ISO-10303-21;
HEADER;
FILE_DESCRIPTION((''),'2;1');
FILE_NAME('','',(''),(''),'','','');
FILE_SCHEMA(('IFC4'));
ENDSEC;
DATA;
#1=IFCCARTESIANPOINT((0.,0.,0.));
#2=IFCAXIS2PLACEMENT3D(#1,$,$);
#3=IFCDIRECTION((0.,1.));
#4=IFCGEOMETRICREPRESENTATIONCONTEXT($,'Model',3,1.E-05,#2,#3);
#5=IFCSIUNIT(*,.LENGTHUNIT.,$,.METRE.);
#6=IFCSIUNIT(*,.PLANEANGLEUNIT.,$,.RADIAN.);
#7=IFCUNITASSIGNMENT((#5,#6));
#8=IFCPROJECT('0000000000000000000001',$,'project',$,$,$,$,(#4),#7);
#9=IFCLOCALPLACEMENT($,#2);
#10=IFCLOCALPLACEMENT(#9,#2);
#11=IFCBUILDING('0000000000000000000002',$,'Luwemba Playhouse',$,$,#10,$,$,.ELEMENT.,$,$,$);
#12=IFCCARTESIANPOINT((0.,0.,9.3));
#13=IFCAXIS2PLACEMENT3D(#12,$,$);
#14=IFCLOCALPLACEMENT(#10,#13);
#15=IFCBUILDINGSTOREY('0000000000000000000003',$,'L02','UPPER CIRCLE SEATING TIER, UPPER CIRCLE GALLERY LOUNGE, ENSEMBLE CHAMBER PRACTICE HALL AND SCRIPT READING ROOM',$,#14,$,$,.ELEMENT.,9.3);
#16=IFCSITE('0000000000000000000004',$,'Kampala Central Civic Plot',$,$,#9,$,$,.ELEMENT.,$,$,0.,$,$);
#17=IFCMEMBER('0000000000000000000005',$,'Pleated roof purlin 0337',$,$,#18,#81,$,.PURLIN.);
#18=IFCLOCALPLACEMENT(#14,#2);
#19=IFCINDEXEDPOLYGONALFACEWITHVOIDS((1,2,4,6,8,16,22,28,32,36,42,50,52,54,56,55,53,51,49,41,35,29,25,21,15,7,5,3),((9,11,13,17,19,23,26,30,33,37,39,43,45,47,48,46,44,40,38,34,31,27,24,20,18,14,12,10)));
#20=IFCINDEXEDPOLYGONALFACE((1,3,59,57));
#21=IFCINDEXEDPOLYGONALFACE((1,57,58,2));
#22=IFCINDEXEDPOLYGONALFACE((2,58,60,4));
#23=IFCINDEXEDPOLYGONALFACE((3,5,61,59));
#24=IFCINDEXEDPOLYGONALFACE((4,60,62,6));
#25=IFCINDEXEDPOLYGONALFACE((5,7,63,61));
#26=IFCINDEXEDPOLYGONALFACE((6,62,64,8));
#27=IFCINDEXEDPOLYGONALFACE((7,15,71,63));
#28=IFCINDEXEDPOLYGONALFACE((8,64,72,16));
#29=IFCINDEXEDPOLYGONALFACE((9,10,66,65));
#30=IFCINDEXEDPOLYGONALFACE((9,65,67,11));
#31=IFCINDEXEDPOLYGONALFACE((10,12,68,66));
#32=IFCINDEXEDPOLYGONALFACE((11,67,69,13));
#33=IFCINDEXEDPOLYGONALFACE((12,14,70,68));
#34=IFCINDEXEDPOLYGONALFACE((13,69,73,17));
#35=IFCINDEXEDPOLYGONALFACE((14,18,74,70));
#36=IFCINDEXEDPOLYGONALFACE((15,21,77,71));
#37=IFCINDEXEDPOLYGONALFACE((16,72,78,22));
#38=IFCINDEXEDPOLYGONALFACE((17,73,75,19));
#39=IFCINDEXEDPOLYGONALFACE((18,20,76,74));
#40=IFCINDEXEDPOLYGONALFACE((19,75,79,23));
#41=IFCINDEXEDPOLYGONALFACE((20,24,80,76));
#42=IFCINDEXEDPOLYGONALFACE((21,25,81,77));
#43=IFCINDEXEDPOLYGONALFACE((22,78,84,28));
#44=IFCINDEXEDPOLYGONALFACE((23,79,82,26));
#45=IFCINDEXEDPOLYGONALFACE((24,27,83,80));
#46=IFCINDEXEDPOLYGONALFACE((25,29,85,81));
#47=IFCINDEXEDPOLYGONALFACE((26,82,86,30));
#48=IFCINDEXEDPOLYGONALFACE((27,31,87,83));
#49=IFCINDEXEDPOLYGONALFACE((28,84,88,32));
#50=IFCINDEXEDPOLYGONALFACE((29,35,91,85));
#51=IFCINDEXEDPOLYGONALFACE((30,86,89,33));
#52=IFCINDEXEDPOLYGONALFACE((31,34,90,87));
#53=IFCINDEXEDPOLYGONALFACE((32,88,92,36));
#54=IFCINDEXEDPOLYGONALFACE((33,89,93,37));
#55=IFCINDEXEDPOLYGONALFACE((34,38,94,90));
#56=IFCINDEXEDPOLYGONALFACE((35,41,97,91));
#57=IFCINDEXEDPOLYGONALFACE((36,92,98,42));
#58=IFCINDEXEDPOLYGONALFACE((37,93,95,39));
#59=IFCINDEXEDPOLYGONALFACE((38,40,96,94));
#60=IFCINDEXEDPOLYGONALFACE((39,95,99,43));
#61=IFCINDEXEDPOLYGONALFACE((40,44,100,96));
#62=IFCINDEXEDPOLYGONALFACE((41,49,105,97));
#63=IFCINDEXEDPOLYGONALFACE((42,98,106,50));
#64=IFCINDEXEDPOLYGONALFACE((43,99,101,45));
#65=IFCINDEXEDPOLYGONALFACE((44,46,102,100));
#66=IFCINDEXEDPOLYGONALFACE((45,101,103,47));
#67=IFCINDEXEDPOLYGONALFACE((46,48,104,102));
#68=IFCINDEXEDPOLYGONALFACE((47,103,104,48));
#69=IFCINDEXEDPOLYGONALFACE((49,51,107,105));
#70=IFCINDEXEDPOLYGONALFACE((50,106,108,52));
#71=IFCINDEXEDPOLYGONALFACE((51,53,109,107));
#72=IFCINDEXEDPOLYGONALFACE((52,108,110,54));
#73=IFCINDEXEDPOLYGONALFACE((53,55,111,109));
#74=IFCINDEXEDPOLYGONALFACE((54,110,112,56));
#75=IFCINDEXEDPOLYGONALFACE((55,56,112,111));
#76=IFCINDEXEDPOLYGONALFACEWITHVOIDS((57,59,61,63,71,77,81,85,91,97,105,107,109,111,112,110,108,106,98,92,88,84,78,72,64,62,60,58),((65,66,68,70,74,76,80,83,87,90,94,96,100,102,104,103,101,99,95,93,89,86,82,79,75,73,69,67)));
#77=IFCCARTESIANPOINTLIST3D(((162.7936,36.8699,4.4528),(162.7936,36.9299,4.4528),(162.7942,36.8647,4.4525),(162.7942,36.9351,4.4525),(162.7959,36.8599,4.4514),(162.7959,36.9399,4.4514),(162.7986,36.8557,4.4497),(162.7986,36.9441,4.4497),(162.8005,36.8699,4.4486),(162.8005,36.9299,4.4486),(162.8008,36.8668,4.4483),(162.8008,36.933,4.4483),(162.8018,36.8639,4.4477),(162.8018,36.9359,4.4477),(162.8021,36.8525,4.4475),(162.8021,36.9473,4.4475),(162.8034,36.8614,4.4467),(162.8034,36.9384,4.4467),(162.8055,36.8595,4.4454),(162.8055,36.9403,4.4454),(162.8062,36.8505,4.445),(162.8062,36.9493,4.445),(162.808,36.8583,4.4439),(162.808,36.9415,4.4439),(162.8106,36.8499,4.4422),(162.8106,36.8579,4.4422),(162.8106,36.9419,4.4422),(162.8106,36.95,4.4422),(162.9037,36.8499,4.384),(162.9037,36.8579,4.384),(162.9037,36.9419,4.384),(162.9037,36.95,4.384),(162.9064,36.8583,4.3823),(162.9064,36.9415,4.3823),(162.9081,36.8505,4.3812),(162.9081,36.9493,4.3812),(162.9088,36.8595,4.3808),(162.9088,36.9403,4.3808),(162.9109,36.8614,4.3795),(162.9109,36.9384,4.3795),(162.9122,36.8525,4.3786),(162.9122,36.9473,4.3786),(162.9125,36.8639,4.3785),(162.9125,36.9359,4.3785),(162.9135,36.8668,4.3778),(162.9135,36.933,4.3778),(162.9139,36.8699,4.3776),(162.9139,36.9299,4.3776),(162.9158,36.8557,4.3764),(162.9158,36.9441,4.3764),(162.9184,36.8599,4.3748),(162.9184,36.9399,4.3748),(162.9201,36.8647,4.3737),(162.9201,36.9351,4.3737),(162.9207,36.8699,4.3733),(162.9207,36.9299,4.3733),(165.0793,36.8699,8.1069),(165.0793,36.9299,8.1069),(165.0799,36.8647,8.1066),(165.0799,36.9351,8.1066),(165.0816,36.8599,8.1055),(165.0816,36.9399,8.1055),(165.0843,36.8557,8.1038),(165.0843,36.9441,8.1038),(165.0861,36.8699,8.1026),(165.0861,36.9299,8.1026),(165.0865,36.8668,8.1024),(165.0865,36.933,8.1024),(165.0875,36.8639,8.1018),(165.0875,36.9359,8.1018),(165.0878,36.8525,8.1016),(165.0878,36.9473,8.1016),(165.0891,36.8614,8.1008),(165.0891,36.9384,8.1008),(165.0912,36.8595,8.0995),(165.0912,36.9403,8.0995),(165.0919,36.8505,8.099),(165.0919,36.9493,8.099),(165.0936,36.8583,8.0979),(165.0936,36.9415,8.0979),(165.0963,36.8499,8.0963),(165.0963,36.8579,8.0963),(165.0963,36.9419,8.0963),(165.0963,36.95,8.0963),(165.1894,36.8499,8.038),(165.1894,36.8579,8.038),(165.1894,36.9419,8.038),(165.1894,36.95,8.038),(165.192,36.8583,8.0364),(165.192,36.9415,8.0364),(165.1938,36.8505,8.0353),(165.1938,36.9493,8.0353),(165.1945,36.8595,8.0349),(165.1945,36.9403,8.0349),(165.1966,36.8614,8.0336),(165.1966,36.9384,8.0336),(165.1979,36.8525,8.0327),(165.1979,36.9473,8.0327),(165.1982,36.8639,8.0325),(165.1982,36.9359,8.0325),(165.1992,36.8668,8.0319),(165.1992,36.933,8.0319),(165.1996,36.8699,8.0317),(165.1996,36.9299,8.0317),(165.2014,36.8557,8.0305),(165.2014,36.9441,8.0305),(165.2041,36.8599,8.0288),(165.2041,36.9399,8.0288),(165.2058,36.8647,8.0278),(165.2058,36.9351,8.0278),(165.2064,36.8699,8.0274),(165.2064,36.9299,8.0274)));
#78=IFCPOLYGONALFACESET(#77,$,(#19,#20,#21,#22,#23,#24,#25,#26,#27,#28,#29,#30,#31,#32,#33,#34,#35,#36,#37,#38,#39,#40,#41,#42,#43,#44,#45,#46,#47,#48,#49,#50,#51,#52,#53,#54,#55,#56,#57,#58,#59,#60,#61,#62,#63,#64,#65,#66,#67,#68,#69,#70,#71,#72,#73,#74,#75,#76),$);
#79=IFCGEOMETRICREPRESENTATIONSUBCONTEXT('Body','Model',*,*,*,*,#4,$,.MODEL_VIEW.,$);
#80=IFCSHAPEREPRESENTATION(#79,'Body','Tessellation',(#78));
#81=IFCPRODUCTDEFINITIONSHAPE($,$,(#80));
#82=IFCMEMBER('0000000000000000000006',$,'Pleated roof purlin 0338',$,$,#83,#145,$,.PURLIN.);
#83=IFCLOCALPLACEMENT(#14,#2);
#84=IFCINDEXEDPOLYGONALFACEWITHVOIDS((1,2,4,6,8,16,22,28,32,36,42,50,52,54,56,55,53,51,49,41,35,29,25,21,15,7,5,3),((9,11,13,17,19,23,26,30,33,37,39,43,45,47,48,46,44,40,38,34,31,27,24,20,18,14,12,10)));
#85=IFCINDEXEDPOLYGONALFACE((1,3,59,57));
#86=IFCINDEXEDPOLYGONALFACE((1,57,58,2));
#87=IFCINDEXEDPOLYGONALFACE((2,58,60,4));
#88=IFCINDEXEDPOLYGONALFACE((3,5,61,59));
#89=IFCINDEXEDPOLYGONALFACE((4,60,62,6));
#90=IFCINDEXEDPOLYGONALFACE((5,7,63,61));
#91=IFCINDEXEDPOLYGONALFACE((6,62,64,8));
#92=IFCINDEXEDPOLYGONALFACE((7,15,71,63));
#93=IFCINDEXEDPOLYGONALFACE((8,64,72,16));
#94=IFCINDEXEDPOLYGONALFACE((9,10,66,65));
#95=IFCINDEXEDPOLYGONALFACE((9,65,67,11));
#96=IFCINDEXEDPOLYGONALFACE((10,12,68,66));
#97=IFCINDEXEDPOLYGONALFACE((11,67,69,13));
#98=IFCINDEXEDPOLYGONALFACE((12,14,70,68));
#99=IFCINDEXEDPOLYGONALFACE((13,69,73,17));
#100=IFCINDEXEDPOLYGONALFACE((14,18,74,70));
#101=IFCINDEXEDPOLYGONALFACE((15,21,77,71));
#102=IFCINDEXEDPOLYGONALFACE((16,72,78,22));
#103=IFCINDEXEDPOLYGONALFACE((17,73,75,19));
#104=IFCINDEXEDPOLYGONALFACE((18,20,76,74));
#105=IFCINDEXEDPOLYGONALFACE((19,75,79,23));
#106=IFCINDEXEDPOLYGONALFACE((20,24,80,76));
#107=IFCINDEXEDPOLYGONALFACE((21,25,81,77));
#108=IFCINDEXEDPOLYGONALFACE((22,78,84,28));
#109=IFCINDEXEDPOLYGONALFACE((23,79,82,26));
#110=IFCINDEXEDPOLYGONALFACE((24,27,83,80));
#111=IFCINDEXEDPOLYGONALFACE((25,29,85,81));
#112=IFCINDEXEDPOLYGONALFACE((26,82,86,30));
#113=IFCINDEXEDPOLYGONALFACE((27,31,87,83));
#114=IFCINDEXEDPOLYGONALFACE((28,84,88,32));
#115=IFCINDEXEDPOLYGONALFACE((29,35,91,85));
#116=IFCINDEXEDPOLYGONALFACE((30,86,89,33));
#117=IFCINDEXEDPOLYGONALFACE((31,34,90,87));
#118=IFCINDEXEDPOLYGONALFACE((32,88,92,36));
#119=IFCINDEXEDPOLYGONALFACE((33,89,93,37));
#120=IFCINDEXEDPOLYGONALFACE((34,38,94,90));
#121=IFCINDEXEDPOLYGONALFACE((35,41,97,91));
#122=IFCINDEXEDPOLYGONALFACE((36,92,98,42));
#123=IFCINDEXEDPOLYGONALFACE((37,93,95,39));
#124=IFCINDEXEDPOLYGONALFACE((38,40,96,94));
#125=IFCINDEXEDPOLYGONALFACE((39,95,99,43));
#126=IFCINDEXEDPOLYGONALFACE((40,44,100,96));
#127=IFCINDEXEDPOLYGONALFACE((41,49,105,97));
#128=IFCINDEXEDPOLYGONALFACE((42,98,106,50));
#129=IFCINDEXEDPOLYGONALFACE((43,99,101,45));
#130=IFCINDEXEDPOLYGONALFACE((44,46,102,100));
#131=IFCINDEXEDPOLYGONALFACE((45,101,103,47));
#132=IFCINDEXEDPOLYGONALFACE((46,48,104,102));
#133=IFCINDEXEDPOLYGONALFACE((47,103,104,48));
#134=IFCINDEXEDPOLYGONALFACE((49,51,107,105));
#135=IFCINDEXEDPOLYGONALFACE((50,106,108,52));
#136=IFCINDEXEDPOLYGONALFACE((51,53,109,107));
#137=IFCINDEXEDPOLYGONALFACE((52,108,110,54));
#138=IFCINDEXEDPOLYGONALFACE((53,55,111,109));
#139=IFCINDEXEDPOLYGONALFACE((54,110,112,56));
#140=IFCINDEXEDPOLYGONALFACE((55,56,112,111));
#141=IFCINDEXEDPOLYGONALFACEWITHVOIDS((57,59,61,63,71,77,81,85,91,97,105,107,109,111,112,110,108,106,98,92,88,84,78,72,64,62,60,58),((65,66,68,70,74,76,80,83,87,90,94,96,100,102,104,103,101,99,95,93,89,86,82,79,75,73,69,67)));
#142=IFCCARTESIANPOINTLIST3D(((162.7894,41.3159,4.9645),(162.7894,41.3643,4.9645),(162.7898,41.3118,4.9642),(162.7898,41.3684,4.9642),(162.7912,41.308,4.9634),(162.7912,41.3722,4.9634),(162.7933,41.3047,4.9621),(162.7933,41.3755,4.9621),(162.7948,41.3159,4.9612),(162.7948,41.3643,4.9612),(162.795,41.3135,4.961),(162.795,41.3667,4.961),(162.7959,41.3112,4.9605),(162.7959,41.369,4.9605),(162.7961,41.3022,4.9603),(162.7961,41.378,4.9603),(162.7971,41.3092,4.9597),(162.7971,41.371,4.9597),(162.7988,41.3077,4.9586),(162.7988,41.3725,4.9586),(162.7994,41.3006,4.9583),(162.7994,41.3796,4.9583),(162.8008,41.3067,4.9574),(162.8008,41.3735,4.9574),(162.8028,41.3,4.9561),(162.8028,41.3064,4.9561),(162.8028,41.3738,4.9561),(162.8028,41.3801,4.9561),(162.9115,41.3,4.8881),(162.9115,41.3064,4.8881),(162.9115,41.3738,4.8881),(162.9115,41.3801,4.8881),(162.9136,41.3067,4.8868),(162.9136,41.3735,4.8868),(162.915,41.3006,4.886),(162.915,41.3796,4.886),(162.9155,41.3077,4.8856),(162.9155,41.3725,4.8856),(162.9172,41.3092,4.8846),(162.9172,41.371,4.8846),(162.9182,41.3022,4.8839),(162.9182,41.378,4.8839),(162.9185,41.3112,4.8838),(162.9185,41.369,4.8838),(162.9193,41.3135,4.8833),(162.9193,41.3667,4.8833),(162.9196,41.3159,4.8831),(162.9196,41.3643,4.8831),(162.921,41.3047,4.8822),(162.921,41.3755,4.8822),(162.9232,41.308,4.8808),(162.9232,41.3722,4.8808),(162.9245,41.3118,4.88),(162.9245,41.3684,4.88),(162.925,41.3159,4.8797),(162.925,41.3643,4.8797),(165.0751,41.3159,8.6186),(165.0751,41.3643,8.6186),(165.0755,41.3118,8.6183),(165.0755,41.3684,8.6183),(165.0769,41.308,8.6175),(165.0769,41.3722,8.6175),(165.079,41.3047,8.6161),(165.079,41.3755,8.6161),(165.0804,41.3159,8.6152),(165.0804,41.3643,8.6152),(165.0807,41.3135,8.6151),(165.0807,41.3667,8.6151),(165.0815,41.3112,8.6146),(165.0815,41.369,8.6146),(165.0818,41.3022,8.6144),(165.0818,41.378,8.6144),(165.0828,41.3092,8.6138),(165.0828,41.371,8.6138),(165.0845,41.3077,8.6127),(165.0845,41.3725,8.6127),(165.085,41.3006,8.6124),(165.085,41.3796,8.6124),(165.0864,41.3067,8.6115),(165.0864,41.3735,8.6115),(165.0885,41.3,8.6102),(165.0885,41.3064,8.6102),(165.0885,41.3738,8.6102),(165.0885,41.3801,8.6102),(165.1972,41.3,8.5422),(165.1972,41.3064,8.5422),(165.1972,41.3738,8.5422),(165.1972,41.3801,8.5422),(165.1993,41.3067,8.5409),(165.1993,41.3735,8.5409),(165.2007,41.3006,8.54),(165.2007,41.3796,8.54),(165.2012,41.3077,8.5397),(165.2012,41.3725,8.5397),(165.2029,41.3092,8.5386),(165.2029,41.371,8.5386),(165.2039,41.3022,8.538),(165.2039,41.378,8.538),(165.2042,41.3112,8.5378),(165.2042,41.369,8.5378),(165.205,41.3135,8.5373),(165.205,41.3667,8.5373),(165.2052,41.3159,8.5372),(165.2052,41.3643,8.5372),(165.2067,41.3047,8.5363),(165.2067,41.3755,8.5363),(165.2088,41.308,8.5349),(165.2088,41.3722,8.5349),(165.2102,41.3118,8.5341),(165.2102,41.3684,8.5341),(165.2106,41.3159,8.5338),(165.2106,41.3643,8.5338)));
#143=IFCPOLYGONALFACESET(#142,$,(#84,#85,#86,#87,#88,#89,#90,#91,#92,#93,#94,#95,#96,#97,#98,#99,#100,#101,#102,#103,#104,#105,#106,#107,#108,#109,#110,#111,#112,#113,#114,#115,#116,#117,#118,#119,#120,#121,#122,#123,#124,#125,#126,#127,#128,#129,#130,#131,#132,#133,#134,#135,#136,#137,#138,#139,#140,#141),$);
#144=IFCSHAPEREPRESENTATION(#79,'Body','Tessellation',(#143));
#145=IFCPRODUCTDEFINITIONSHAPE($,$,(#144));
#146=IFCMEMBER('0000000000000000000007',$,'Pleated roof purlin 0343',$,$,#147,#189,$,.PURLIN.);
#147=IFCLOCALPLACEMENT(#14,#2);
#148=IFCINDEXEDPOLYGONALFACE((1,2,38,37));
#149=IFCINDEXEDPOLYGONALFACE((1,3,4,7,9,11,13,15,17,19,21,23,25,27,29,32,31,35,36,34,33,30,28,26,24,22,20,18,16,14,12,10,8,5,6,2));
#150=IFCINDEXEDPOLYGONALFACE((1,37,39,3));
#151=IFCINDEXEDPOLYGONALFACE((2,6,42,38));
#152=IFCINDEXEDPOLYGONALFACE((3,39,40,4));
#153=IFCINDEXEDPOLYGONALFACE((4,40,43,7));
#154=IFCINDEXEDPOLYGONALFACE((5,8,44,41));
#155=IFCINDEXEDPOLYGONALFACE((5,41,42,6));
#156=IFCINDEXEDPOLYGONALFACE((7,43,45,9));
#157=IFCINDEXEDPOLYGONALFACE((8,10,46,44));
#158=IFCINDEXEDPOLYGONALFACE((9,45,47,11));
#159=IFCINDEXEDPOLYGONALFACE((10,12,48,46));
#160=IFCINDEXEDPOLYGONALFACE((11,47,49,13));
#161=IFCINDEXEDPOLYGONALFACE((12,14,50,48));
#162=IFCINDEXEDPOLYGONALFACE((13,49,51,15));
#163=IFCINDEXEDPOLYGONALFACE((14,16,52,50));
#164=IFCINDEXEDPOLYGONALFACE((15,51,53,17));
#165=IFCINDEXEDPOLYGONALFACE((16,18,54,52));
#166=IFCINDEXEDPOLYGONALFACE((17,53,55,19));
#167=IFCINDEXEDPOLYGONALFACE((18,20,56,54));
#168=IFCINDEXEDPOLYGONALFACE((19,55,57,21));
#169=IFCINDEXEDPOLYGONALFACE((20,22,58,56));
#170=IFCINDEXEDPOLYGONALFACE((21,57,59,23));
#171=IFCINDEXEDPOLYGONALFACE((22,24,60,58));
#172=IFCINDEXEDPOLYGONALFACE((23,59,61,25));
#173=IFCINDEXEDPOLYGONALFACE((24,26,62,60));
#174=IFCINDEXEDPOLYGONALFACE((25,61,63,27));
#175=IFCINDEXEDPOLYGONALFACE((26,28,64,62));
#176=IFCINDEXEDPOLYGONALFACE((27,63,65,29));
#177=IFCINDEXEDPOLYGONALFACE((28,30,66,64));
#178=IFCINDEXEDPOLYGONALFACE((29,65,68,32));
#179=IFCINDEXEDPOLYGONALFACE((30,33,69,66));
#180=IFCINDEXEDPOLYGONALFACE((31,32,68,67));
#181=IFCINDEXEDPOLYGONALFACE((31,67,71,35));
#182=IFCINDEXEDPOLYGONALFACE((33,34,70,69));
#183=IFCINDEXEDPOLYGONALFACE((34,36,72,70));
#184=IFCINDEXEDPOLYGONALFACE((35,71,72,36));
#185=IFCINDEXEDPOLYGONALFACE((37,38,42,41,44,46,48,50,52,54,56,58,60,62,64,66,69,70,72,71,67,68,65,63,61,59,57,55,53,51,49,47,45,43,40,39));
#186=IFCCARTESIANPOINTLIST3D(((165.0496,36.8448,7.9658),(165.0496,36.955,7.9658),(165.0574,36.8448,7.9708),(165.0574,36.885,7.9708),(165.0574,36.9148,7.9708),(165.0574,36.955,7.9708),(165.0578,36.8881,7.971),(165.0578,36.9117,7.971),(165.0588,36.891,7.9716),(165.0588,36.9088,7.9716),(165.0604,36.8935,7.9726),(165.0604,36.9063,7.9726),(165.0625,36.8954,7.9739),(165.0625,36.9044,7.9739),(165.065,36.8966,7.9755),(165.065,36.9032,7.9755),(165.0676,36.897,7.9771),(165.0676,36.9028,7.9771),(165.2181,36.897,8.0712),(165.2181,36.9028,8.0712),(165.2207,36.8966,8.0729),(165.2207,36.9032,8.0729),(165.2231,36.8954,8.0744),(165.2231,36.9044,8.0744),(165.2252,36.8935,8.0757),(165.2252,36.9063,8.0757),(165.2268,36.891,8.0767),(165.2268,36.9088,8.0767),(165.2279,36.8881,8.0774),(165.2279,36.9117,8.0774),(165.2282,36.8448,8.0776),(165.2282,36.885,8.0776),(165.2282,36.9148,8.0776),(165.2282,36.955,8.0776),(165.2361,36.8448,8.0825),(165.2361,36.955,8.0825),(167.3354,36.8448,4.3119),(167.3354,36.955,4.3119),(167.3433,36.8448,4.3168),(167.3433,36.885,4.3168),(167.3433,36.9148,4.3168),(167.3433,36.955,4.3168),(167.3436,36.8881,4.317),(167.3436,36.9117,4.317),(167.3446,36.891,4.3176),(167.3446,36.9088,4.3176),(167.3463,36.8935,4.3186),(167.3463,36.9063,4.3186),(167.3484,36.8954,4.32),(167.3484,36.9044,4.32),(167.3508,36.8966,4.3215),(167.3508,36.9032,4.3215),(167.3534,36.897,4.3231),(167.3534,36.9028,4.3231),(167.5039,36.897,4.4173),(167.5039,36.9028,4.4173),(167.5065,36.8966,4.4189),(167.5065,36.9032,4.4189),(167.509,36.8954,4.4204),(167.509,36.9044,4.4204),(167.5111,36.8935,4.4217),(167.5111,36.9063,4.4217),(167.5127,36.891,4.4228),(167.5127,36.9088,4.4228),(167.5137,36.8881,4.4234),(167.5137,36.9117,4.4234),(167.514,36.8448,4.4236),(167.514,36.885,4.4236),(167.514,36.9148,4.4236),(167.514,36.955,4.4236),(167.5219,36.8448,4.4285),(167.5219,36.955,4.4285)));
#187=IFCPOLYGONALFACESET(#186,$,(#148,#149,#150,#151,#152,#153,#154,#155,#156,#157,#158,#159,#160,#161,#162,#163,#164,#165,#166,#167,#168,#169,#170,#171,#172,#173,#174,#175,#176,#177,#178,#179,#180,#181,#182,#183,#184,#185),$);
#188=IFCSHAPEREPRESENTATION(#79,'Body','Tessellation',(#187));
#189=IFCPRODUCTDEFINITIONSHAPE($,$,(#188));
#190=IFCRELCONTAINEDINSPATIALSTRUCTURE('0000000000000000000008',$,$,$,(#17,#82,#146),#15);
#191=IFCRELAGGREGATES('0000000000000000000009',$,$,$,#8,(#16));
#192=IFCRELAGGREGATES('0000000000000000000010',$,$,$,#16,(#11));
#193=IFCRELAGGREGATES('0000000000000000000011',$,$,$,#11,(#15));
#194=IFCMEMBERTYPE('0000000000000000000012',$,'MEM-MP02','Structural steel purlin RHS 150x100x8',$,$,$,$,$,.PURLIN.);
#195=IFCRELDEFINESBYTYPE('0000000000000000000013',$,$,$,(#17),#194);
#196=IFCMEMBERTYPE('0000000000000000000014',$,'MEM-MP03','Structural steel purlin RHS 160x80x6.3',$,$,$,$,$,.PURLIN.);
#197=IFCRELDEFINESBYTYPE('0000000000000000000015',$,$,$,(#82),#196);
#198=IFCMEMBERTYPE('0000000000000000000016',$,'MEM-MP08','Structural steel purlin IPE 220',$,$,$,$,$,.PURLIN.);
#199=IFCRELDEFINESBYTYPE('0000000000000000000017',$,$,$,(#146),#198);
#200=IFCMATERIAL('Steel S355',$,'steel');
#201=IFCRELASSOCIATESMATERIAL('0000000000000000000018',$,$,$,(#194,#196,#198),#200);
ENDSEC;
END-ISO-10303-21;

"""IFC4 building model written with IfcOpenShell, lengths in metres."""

from ifc_helpers import new_model, si_unit, direction, frame, origin, origin_2d, place, context, subcontext, project, spatial, hollow_rectangle, i_section, extrude, material, material_profile, profile_set, type_object, element, save


model = new_model("IFC4")

# Units and contexts
model_context = context("Model", 3, precision=1e-05, world=origin(), true_north=direction((0.0, 1.0)))
body_context = subcontext(model_context, "Body", "Model", "MODEL_VIEW")
ifc_project = project(units=[si_unit("LENGTHUNIT", "METRE"), si_unit("PLANEANGLEUNIT", "RADIAN")], contexts=[model_context])

# Site, building, storey
site_placement = place(None, origin())
site = spatial("IfcSite", under=ifc_project, at=site_placement, Name="Kampala Central Civic Plot", CompositionType="ELEMENT", RefElevation=0.0)
building_placement = place(site_placement, origin())
building = spatial("IfcBuilding", under=site, at=building_placement, Name="Luwemba Playhouse", CompositionType="ELEMENT")
storey_placement = place(building_placement, frame((0.0, 0.0, 9.3)))
storey = spatial("IfcBuildingStorey", under=building, at=storey_placement, Name="L02", Description="UPPER CIRCLE SEATING TIER, UPPER CIRCLE GALLERY LOUNGE, ENSEMBLE CHAMBER PRACTICE HALL AND SCRIPT READING ROOM", CompositionType="ELEMENT", Elevation=9.3)

# Shared definitions
ifc_material_1 = material(Name="Steel S355", Category="steel")

# Members
ifc_material_profile_1 = material_profile(ifc_material_1, hollow_rectangle(XDim=0.1001, YDim=0.1499, WallThickness=0.0081, InnerFilletRadius=0.012, OuterFilletRadius=0.02, at=origin_2d()))
ifc_profile_set_1 = profile_set([ifc_material_profile_1], Name="Steel S355")
member_type_1 = type_object("IfcMemberType", Name="MEM-MP02", Description="Structural steel purlin RHS 150x100x8", PredefinedType="PURLIN", material=ifc_profile_set_1)
member_1_placement = place(storey_placement, frame((162.8572, 36.8999, 4.4131), z_axis=(0.530309, 0.0, 0.847804), x_axis=(0.0, 1.0, 0.0)))
element("IfcMember", 1, at=member_1_placement, inside=storey, type_object=member_type_1, Name="Pleated roof purlin 0337", PredefinedType="PURLIN", context=body_context, shape_type="SweptSolid", body=[
    extrude(hollow_rectangle(XDim=0.1001, YDim=0.1499, WallThickness=0.0081, InnerFilletRadius=0.012, OuterFilletRadius=0.02, at=origin_2d()), origin(), (0.0, 0.0, 1.0), 4.3101),
])
ifc_material_profile_2 = material_profile(ifc_material_1, hollow_rectangle(XDim=0.0801, YDim=0.1599, WallThickness=0.0063, InnerFilletRadius=0.0095, OuterFilletRadius=0.0159, at=origin_2d()))
ifc_profile_set_2 = profile_set([ifc_material_profile_2], Name="Steel S355")
member_type_2 = type_object("IfcMemberType", Name="MEM-MP03", Description="Structural steel purlin RHS 160x80x6.3", PredefinedType="PURLIN", material=ifc_profile_set_2)
member_2_placement = place(storey_placement, frame((162.8572, 41.3401, 4.9221), z_axis=(0.530309, 0.0, 0.847804), x_axis=(0.0, 1.0, 0.0)))
element("IfcMember", 2, at=member_2_placement, inside=storey, type_object=member_type_2, Name="Pleated roof purlin 0338", PredefinedType="PURLIN", context=body_context, shape_type="SweptSolid", body=[
    extrude(hollow_rectangle(XDim=0.0801, YDim=0.1599, WallThickness=0.0063, InnerFilletRadius=0.0095, OuterFilletRadius=0.0159, at=origin_2d()), origin(), (0.0, 0.0, 1.0), 4.3101),
])
ifc_material_profile_3 = material_profile(ifc_material_1, i_section(OverallWidth=0.1101, OverallDepth=0.22, WebThickness=0.0059, FlangeThickness=0.0093, FilletRadius=0.012, at=origin_2d()))
ifc_profile_set_3 = profile_set([ifc_material_profile_3], Name="Steel S355")
member_type_3 = type_object("IfcMemberType", Name="MEM-MP08", Description="Structural steel purlin IPE 220", PredefinedType="PURLIN", material=ifc_profile_set_3)
member_3_placement = place(storey_placement, frame((165.1428, 36.8999, 8.0242), z_axis=(0.53035, 0.0, -0.847779), x_axis=(0.0, 1.0, 0.0)))
element("IfcMember", 3, at=member_3_placement, inside=storey, type_object=member_type_3, Name="Pleated roof purlin 0343", PredefinedType="PURLIN", context=body_context, shape_type="SweptSolid", body=[
    extrude(i_section(OverallWidth=0.1101, OverallDepth=0.22, WebThickness=0.0059, FlangeThickness=0.0093, FilletRadius=0.012, at=origin_2d()), origin(), (0.0, 0.0, 1.0), 4.3101),
])

save(model, "model.ifc")
